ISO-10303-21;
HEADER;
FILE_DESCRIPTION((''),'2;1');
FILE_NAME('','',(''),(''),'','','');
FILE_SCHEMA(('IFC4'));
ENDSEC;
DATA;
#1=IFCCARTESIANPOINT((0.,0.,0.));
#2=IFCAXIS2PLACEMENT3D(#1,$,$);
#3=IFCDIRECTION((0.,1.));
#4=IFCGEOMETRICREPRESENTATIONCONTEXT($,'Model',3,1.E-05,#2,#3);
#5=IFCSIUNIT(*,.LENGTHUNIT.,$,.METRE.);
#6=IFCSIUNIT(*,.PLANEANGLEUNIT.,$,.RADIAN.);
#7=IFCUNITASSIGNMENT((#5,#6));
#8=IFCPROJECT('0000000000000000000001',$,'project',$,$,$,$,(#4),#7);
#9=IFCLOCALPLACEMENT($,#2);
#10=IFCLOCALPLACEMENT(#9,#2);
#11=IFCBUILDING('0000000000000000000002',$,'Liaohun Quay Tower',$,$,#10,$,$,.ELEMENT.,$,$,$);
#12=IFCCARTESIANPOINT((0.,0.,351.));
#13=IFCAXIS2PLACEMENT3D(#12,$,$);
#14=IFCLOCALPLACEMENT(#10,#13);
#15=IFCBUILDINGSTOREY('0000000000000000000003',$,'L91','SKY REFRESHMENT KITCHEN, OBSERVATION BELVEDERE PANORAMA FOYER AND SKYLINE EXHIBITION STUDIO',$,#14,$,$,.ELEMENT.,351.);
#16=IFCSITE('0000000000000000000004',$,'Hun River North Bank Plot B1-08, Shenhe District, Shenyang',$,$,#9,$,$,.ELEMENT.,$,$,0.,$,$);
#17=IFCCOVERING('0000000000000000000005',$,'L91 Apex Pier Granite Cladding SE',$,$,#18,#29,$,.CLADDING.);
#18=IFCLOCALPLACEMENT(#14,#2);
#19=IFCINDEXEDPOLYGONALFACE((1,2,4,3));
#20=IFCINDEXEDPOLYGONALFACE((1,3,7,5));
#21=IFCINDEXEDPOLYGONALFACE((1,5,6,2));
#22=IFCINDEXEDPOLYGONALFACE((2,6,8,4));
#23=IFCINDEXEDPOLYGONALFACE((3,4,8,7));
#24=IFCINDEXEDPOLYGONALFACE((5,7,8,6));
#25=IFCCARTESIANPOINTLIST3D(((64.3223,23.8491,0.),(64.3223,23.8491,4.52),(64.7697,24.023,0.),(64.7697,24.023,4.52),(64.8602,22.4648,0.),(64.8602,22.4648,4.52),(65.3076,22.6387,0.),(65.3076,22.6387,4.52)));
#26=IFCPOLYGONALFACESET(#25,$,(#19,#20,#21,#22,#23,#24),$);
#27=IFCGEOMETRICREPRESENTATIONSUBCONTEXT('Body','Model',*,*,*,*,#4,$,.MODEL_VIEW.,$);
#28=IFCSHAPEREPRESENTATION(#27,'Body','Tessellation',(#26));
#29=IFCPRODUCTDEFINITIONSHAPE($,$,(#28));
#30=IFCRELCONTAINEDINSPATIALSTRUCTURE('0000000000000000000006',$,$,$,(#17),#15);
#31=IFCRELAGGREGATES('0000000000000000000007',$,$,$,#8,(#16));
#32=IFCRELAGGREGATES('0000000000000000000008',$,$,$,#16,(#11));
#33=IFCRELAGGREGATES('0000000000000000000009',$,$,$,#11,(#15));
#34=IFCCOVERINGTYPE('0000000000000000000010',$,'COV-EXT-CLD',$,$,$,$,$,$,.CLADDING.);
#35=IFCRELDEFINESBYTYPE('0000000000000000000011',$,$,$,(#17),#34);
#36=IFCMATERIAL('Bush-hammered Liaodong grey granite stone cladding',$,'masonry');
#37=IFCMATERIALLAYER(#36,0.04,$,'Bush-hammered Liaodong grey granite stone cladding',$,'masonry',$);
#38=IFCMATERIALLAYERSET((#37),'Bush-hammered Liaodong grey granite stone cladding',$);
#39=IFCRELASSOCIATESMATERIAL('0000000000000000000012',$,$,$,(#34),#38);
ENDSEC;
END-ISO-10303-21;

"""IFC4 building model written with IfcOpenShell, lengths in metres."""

from ifc_helpers import new_model, si_unit, direction, frame, origin, origin_2d, place, context, subcontext, project, spatial, rectangle, extrude, source, transform, mapped, material, layer, layer_set, type_object, element, save


model = new_model("IFC4")

# Units and contexts
model_context = context("Model", 3, precision=1e-05, world=origin(), true_north=direction((0.0, 1.0)))
body_context = subcontext(model_context, "Body", "Model", "MODEL_VIEW")
ifc_project = project(units=[si_unit("LENGTHUNIT", "METRE"), si_unit("PLANEANGLEUNIT", "RADIAN")], contexts=[model_context])

# Site, building, storey
site_placement = place(None, origin())
site = spatial("IfcSite", under=ifc_project, at=site_placement, Name="Hun River North Bank Plot B1-08, Shenhe District, Shenyang", CompositionType="ELEMENT", RefElevation=0.0)
building_placement = place(site_placement, origin())
building = spatial("IfcBuilding", under=site, at=building_placement, Name="Liaohun Quay Tower", CompositionType="ELEMENT")
storey_placement = place(building_placement, frame((0.0, 0.0, 351.0)))
storey = spatial("IfcBuildingStorey", under=building, at=storey_placement, Name="L91", Description="SKY REFRESHMENT KITCHEN, OBSERVATION BELVEDERE PANORAMA FOYER AND SKYLINE EXHIBITION STUDIO", CompositionType="ELEMENT", Elevation=351.0)

# Covering
ifc_material_1 = material(Name="Bush-hammered Liaodong grey granite stone cladding", Category="masonry")
ifc_layer_1 = layer(ifc_material_1, 0.04, Name="Bush-hammered Liaodong grey granite stone cladding", Category="masonry")
ifc_layer_set_1 = layer_set([ifc_layer_1], Name="Bush-hammered Liaodong grey granite stone cladding")
covering_type = type_object("IfcCoveringType", Name="COV-EXT-CLD", PredefinedType="CLADDING", material=ifc_layer_set_1)
shared_shape_1 = source(origin(), body_context, "Body", "SweptSolid", [
    extrude(rectangle(XDim=1.4851, YDim=0.48, at=origin_2d()), origin(), (0.0, 0.0, 1.0), 4.52),
])
covering_placement = place(storey_placement, frame((64.8149, 23.2439, 0.0), z_axis=(0.0, 0.0, 1.0), x_axis=(-0.36221, 0.932096, 0.0)))
element("IfcCovering", 1, at=covering_placement, inside=storey, type_object=covering_type, Name="L91 Apex Pier Granite Cladding SE", PredefinedType="CLADDING", context=body_context, shape_type="MappedRepresentation", body=[
    mapped(shared_shape_1, transform((0.0, 0.0, 0.0), x_axis=(1.0, 0.0, 0.0), y_axis=(0.0, 1.0, 0.0), z_axis=(0.0, 0.0, 1.0), scale=1.0)),
])

save(model, "model.ifc")
